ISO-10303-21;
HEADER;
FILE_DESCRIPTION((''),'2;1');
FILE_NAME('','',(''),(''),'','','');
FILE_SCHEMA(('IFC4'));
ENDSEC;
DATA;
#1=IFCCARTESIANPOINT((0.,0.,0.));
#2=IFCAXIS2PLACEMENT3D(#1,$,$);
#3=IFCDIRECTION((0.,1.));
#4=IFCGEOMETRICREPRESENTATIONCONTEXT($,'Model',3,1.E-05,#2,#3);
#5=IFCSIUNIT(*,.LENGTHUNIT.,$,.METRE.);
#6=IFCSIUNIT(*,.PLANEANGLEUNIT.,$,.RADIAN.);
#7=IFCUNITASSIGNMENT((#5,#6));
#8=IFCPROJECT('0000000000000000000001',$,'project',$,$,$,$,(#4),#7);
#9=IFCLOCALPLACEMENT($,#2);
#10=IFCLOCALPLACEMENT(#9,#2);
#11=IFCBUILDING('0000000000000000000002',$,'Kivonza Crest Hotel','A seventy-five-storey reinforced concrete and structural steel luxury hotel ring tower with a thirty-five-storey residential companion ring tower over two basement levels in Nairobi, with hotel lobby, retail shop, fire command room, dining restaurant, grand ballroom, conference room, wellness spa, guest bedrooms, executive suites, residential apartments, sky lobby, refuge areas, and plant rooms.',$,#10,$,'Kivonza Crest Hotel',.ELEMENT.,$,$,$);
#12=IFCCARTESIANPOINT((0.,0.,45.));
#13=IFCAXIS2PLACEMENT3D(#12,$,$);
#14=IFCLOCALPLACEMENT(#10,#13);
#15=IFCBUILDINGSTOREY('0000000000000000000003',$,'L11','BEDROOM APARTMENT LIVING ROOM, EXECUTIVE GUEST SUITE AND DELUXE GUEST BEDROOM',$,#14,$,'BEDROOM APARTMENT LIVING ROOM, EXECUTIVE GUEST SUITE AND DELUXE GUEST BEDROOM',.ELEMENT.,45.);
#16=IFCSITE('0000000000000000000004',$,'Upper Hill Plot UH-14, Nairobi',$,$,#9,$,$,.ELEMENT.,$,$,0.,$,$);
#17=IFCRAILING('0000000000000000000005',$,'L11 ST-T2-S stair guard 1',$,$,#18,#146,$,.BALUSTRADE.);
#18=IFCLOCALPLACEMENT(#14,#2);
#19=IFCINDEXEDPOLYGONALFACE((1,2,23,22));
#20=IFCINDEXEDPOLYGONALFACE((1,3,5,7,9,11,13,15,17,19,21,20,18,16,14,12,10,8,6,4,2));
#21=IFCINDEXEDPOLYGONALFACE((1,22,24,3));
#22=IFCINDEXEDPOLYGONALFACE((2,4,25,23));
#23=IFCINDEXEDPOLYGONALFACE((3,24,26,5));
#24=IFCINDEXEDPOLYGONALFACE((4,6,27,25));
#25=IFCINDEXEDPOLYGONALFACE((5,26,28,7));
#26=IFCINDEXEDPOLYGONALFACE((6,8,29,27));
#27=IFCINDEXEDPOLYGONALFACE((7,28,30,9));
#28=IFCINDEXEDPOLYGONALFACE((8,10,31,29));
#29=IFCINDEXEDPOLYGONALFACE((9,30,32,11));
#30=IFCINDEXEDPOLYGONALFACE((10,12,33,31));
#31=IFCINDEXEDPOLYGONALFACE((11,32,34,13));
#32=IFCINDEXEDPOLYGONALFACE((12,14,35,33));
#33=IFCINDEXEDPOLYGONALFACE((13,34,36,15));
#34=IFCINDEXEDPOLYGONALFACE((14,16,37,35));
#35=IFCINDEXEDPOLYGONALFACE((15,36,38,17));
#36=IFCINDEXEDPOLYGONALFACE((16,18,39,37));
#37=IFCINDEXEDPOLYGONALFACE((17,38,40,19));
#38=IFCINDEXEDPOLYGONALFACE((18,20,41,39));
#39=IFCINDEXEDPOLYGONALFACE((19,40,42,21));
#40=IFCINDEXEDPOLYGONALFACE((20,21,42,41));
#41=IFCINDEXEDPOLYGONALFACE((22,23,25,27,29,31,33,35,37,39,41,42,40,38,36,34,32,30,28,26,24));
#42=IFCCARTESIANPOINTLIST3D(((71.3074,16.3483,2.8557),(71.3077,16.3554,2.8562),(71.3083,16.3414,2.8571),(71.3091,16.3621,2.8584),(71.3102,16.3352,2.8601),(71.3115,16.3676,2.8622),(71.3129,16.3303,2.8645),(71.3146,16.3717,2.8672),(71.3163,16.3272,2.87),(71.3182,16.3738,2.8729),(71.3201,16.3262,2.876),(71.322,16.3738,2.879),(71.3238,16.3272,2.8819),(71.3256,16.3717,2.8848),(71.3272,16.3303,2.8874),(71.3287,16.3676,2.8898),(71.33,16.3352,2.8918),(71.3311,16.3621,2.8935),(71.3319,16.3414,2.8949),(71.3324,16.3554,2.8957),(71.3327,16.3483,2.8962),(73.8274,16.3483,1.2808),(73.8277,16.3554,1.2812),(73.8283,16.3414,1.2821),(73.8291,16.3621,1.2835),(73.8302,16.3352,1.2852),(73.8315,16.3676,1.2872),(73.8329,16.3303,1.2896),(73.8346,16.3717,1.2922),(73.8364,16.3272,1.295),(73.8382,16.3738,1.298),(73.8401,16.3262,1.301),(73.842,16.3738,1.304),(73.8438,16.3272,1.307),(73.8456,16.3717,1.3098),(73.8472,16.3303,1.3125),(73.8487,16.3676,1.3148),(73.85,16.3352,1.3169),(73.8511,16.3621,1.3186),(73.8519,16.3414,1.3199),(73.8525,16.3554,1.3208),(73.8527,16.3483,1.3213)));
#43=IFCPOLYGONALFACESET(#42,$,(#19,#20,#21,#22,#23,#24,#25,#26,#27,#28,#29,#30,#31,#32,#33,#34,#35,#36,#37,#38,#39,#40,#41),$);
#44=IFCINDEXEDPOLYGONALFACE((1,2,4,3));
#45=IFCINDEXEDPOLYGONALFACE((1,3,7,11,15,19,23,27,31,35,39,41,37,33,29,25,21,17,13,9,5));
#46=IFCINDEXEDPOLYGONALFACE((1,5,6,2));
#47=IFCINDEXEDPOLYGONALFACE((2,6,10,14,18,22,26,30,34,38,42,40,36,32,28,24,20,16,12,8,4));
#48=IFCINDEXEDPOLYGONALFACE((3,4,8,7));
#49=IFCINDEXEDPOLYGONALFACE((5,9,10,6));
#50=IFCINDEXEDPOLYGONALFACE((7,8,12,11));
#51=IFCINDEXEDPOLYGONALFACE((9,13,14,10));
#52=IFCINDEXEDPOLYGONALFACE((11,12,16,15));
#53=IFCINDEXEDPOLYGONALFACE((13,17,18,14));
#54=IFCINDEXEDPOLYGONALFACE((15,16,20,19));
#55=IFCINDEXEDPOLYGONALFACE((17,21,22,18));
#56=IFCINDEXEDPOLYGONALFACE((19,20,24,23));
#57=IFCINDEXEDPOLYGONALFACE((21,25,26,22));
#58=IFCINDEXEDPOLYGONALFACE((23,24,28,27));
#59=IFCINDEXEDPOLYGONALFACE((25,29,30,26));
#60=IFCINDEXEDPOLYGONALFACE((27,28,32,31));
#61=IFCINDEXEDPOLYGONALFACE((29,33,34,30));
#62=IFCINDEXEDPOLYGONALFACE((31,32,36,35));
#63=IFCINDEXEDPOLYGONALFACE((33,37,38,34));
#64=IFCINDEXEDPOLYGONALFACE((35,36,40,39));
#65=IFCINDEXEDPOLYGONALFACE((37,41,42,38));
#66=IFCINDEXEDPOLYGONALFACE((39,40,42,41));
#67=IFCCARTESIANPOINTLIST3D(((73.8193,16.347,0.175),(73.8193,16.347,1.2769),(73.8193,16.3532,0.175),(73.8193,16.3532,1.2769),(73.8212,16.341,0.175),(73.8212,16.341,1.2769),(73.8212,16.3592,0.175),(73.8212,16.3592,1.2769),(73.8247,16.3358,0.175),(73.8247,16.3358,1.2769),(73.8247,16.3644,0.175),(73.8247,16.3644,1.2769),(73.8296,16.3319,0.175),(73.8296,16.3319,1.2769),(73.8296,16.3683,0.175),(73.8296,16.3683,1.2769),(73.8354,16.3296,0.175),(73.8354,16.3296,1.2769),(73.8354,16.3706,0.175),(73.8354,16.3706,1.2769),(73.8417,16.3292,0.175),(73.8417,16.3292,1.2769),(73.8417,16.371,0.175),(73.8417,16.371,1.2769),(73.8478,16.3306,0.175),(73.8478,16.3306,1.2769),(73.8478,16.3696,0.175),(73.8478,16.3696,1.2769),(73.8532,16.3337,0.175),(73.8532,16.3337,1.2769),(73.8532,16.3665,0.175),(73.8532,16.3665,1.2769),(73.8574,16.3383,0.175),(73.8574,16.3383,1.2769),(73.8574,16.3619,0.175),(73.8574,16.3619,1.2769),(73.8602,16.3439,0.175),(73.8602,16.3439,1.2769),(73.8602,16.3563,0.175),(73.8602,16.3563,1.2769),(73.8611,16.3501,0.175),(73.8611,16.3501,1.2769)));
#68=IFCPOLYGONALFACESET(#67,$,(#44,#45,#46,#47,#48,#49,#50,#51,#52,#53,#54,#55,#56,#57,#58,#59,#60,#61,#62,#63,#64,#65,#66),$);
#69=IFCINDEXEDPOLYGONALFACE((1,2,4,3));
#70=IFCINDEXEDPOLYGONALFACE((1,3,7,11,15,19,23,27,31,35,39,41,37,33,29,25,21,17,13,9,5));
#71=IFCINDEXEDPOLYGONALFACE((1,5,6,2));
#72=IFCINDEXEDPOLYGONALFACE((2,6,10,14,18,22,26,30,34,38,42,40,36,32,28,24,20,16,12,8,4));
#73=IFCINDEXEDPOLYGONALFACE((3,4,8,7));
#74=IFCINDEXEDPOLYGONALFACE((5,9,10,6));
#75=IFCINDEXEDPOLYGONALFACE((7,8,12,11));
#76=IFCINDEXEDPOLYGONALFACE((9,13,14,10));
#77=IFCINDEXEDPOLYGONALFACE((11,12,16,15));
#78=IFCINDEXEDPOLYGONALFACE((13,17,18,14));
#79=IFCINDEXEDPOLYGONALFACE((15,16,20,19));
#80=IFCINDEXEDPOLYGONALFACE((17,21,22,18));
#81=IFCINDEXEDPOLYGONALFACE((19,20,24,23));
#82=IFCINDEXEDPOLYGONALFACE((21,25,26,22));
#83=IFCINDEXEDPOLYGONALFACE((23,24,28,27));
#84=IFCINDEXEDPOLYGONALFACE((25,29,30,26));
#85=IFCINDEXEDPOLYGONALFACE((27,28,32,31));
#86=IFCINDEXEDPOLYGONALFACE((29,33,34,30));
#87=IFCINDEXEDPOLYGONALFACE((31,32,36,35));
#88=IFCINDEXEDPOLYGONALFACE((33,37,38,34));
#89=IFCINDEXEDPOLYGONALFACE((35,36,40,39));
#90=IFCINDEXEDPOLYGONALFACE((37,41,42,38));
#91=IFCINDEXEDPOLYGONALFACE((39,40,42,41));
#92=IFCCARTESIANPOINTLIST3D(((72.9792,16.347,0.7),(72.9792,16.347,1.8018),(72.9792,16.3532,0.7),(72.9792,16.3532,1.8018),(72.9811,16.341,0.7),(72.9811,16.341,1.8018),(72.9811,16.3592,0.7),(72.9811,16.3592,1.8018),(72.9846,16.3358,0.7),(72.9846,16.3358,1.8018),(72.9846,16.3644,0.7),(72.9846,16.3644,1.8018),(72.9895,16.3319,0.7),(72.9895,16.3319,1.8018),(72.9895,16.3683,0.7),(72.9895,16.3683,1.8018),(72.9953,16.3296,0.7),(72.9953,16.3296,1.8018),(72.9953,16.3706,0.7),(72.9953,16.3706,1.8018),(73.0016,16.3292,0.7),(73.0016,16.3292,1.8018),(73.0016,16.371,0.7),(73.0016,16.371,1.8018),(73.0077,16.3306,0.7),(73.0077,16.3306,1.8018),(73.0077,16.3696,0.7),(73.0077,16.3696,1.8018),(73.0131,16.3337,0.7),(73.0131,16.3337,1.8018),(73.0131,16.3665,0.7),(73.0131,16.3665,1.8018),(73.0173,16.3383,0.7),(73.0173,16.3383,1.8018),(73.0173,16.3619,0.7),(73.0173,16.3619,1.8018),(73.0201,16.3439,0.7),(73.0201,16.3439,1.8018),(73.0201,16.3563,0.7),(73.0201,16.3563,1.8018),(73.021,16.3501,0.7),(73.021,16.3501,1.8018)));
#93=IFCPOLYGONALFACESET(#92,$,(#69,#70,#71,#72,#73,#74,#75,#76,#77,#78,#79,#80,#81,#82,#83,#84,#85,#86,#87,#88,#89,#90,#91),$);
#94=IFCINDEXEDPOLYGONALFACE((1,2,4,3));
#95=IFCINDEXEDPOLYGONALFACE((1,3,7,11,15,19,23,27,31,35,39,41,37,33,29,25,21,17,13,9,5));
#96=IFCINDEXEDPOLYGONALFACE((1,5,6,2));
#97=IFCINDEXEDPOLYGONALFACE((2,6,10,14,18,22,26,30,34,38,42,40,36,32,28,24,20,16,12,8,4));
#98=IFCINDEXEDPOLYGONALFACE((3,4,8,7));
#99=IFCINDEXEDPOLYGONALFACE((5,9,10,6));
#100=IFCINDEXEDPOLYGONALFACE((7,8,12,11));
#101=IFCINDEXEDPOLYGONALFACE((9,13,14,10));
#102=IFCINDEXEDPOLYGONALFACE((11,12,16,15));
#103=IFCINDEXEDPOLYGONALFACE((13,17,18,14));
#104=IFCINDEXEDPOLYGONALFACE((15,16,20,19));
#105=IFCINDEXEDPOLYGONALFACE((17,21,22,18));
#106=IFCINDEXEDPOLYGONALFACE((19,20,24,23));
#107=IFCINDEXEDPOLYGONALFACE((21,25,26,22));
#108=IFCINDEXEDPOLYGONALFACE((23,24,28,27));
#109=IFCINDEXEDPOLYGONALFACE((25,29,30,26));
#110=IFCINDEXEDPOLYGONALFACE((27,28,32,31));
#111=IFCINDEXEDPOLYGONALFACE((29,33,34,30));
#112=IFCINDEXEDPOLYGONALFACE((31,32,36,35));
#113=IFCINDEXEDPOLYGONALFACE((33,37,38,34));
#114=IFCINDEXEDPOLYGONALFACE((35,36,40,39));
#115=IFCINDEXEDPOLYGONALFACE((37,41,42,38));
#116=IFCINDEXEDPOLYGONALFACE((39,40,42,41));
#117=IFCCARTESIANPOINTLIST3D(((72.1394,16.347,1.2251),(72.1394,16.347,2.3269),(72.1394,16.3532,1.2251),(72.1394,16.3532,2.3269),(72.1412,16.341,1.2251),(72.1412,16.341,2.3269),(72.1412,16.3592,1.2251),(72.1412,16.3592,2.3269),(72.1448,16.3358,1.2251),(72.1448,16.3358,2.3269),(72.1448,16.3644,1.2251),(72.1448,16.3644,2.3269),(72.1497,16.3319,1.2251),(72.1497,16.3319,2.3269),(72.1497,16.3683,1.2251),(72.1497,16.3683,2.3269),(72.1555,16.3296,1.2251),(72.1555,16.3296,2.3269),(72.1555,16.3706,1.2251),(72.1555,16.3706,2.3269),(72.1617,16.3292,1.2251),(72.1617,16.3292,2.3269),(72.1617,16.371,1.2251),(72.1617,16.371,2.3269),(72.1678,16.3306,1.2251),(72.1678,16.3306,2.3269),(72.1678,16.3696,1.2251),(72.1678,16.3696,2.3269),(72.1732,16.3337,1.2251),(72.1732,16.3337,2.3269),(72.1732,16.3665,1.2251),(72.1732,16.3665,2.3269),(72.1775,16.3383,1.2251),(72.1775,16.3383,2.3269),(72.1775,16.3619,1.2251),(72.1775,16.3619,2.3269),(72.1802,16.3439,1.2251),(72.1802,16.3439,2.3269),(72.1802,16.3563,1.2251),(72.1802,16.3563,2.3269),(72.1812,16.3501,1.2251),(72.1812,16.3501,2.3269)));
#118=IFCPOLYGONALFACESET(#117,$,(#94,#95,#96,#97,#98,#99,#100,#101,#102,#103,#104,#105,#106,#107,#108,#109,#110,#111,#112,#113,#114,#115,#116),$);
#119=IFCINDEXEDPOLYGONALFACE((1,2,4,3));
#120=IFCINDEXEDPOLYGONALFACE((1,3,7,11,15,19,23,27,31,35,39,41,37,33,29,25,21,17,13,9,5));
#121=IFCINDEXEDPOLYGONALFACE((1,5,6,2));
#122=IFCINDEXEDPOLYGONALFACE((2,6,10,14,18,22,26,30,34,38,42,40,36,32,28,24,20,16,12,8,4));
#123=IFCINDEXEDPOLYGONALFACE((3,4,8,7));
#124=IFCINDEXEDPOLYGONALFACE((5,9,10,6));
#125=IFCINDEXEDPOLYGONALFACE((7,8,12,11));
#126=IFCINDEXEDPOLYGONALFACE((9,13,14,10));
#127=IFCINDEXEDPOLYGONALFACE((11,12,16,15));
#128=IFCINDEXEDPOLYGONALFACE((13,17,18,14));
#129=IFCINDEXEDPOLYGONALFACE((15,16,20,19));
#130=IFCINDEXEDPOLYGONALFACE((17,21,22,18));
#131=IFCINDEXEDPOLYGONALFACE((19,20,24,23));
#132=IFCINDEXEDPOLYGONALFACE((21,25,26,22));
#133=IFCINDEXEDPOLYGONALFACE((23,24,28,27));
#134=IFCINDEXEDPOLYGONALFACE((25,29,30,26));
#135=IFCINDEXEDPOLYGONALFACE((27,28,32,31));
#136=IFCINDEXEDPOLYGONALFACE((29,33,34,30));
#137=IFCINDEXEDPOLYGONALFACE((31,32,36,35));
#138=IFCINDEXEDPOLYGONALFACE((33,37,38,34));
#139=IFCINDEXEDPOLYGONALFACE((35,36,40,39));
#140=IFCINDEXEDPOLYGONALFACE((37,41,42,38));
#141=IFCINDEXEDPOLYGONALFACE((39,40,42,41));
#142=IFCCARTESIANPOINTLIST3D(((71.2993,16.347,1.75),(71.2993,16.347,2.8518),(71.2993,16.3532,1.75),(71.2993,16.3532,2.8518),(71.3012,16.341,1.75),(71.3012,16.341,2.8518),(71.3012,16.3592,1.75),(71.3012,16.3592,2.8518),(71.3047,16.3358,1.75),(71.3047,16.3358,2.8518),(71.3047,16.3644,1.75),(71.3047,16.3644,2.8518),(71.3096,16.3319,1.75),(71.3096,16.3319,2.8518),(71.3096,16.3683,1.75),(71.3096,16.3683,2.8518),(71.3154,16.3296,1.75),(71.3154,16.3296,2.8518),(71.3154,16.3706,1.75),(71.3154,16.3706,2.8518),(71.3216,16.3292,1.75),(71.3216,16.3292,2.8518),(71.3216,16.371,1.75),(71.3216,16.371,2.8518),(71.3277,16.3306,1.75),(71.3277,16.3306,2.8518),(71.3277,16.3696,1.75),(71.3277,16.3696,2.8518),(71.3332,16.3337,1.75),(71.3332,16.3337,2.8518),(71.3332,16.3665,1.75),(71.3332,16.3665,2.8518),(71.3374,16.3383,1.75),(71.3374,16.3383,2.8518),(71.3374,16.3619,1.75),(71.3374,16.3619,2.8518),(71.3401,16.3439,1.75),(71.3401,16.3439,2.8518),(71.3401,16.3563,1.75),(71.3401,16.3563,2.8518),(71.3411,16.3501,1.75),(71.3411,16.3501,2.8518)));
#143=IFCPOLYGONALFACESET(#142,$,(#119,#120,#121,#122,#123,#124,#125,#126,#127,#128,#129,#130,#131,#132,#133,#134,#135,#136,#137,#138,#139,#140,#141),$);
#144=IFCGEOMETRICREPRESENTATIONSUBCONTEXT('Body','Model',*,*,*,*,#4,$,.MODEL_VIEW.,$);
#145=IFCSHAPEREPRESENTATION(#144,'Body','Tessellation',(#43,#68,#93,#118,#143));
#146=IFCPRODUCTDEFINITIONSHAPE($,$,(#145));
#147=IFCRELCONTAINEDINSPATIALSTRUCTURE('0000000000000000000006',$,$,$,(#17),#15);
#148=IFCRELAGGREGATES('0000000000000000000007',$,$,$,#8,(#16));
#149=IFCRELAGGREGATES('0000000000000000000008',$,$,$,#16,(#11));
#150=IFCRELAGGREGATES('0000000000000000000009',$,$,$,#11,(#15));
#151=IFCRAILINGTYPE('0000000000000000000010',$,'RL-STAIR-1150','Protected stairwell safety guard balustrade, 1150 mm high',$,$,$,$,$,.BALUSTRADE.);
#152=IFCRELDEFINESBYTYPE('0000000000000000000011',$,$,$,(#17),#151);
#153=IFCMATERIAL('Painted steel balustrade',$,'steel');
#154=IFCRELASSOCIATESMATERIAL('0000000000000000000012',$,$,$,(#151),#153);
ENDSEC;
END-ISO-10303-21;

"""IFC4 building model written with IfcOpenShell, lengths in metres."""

from ifc_helpers import new_model, si_unit, direction, frame, origin, origin_2d, place, context, subcontext, project, spatial, circle, extrude, material, type_object, element, save


model = new_model("IFC4")

# Units and contexts
model_context = context("Model", 3, precision=1e-05, world=origin(), true_north=direction((0.0, 1.0)))
body_context = subcontext(model_context, "Body", "Model", "MODEL_VIEW")
ifc_project = project(units=[si_unit("LENGTHUNIT", "METRE"), si_unit("PLANEANGLEUNIT", "RADIAN")], contexts=[model_context])

# Site, building, storey
site_placement = place(None, origin())
site = spatial("IfcSite", under=ifc_project, at=site_placement, Name="Upper Hill Plot UH-14, Nairobi", CompositionType="ELEMENT", RefElevation=0.0)
building_placement = place(site_placement, origin())
building = spatial("IfcBuilding", under=site, at=building_placement, Name="Kivonza Crest Hotel", Description="A seventy-five-storey reinforced concrete and structural steel luxury hotel ring tower with a thirty-five-storey residential companion ring tower over two basement levels in Nairobi, with hotel lobby, retail shop, fire command room, dining restaurant, grand ballroom, conference room, wellness spa, guest bedrooms, executive suites, residential apartments, sky lobby, refuge areas, and plant rooms.", LongName="Kivonza Crest Hotel", CompositionType="ELEMENT")
storey_placement = place(building_placement, frame((0.0, 0.0, 45.0)))
storey = spatial("IfcBuildingStorey", under=building, at=storey_placement, Name="L11", Description="BEDROOM APARTMENT LIVING ROOM, EXECUTIVE GUEST SUITE AND DELUXE GUEST BEDROOM", LongName="BEDROOM APARTMENT LIVING ROOM, EXECUTIVE GUEST SUITE AND DELUXE GUEST BEDROOM", CompositionType="ELEMENT", Elevation=45.0)

# Railing
ifc_material_1 = material(Name="Painted steel balustrade", Category="steel")
railing_type_1 = type_object("IfcRailingType", Name="RL-STAIR-1150", Description="Protected stairwell safety guard balustrade, 1150 mm high", PredefinedType="BALUSTRADE", material=ifc_material_1)
railing_1_placement = place(storey_placement, frame((73.8401, 16.3501, 0.175)))
element("IfcRailing", 1, at=railing_1_placement, inside=storey, type_object=railing_type_1, Name="L11 ST-T2-S stair guard 1", PredefinedType="BALUSTRADE", context=body_context, shape_type="SweptSolid", body=[
    extrude(circle(Radius=0.0239, at=origin_2d()), frame((0.0, 0.0, 1.126), z_axis=(-0.848008, 0.0, 0.529984), x_axis=(0.0, -1.0, 0.0)), (0.0, 0.0, 1.0), 2.9717),
    extrude(circle(Radius=0.021, at=origin_2d()), origin(), (0.0, 0.0, 1.0), 1.1018),
    extrude(circle(Radius=0.021, at=origin_2d()), frame((-0.8401, 0.0, 0.5249)), (0.0, 0.0, 1.0), 1.1018),
    extrude(circle(Radius=0.021, at=origin_2d()), frame((-1.6799, 0.0, 1.05)), (0.0, 0.0, 1.0), 1.1018),
    extrude(circle(Radius=0.021, at=origin_2d()), frame((-2.52, 0.0, 1.575)), (0.0, 0.0, 1.0), 1.1018),
])

save(model, "model.ifc")
